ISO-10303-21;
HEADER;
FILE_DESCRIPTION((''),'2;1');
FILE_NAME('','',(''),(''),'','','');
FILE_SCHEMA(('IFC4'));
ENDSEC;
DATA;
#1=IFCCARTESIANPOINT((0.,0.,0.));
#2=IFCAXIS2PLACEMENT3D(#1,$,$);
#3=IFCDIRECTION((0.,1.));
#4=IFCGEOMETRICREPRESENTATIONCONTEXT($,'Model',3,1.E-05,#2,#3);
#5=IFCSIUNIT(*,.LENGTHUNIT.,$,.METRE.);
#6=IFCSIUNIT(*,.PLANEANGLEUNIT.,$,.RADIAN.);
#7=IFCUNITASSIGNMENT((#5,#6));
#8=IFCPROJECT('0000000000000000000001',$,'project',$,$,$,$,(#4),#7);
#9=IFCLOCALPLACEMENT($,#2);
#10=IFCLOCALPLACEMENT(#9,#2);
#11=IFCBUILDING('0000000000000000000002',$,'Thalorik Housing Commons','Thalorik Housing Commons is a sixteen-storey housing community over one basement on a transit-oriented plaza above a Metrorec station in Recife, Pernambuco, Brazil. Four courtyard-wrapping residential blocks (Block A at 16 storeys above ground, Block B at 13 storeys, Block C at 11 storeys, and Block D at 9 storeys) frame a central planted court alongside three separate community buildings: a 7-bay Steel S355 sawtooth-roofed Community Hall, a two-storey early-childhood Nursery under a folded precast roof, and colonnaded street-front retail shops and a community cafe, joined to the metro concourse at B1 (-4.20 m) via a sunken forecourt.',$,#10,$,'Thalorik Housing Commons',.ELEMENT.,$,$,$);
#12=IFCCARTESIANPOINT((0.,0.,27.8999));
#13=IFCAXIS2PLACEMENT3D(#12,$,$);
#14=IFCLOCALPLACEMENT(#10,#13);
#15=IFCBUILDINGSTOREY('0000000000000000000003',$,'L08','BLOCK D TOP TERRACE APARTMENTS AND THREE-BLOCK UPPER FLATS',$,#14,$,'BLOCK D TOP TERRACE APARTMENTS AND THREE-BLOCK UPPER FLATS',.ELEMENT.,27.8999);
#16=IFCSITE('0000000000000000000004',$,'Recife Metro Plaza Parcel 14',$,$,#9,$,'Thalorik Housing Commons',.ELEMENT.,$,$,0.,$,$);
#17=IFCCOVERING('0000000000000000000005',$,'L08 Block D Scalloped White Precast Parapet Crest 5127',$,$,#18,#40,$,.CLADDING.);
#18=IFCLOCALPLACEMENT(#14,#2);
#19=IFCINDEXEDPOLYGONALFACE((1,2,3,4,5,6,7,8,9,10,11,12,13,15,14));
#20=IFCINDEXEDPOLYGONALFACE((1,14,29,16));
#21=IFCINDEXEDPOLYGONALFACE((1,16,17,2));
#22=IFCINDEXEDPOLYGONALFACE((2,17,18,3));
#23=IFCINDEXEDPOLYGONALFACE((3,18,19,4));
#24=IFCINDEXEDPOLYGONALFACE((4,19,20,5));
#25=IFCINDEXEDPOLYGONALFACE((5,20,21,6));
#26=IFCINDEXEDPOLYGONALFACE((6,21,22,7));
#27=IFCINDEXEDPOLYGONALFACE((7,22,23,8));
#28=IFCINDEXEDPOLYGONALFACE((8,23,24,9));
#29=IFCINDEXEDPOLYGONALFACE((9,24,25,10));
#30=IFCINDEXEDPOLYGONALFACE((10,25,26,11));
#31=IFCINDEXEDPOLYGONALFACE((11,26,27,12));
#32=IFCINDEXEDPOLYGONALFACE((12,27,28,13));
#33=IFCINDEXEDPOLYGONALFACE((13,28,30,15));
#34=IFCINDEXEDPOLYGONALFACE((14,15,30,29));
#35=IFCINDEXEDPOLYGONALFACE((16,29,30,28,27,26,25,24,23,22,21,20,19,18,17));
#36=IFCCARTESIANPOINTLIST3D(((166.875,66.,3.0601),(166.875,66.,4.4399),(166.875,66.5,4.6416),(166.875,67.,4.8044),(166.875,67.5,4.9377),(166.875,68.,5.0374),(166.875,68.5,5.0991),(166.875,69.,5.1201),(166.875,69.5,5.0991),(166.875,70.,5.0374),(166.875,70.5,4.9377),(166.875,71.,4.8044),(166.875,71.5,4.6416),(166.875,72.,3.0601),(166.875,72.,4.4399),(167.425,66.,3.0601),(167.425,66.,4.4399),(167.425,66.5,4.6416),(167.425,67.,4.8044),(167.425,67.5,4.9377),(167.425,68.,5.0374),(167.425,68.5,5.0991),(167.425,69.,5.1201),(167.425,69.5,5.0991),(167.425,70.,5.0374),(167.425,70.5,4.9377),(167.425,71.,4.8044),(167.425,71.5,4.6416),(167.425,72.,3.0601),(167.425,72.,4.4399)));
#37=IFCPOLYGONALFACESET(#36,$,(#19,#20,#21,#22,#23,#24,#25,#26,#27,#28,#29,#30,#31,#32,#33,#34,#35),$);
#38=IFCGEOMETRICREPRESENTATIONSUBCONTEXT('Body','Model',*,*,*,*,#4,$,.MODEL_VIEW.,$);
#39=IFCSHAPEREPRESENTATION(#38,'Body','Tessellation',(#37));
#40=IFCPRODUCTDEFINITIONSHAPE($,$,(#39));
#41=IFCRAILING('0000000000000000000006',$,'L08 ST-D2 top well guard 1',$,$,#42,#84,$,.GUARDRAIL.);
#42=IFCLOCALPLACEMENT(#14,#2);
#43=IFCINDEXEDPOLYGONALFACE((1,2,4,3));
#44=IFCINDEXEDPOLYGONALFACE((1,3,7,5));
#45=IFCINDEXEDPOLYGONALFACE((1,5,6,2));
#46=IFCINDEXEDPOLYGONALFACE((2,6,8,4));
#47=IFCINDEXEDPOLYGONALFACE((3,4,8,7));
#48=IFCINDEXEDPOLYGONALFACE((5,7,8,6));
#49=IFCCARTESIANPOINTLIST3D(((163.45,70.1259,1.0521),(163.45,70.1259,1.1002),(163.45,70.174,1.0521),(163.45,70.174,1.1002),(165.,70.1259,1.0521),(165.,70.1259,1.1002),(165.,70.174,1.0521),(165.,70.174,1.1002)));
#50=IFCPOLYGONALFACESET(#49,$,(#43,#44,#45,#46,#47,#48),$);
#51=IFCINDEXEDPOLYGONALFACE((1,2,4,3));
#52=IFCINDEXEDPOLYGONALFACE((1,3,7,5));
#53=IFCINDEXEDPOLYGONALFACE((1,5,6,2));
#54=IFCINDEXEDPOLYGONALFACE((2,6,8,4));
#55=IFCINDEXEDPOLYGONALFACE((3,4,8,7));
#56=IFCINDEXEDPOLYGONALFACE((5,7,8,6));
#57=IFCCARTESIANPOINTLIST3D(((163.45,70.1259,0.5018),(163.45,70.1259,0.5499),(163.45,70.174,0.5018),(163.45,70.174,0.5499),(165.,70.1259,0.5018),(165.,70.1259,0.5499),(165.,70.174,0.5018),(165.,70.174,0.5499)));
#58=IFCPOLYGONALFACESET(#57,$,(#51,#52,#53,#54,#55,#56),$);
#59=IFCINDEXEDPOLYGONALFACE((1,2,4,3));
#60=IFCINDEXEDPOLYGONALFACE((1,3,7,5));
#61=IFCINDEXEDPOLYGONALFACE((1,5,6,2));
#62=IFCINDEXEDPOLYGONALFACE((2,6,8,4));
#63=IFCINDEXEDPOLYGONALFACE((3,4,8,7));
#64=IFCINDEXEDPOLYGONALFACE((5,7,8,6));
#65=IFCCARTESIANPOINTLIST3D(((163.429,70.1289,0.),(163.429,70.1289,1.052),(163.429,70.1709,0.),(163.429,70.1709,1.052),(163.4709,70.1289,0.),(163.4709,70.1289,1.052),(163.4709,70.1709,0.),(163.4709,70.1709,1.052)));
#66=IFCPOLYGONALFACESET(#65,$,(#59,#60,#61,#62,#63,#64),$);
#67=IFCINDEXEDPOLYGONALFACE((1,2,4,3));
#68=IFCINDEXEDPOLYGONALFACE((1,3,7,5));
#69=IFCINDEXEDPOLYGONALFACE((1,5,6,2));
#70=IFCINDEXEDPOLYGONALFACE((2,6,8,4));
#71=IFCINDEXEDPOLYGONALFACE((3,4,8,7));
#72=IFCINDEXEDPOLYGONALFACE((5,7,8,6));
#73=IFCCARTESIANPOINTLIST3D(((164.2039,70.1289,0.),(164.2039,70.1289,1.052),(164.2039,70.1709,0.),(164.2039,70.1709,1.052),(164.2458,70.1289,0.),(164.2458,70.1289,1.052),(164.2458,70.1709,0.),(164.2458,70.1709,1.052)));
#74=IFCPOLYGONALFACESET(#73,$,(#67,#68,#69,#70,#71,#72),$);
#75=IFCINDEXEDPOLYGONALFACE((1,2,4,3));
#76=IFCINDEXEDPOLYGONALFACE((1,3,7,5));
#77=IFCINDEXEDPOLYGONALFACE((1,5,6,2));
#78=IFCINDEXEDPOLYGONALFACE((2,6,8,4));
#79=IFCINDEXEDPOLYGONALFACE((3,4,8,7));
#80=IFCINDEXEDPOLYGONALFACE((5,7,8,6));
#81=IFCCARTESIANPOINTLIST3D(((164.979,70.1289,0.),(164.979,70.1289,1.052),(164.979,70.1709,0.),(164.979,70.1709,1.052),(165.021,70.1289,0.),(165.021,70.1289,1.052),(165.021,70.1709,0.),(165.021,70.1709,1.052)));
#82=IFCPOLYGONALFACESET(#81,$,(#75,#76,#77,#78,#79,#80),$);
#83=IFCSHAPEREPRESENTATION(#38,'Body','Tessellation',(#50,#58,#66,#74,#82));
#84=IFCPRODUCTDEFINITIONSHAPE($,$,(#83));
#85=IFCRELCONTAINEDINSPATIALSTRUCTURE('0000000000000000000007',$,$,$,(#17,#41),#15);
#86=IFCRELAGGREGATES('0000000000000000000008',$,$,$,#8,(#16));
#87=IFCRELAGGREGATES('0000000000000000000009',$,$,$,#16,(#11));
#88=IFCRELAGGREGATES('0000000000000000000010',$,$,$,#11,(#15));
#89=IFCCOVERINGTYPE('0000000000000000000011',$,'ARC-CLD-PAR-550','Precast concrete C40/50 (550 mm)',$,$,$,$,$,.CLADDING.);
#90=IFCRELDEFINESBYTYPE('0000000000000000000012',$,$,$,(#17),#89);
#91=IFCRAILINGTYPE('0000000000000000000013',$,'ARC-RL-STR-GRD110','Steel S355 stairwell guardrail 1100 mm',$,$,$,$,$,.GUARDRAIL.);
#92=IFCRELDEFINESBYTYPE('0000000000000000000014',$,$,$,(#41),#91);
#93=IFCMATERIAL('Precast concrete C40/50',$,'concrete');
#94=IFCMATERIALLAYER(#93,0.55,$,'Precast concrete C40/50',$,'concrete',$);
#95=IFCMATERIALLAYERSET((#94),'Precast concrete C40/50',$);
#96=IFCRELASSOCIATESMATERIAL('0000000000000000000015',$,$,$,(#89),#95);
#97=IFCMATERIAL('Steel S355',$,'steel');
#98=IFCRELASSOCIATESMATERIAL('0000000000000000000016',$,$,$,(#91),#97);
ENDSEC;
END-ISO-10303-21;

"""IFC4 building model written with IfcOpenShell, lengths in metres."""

from ifc_helpers import new_model, si_unit, direction, frame, origin, origin_2d, place, context, subcontext, project, spatial, polyline, rectangle, outline, extrude, material, layer, layer_set, type_object, element, save


model = new_model("IFC4")

# Units and contexts
model_context = context("Model", 3, precision=1e-05, world=origin(), true_north=direction((0.0, 1.0)))
body_context = subcontext(model_context, "Body", "Model", "MODEL_VIEW")
ifc_project = project(units=[si_unit("LENGTHUNIT", "METRE"), si_unit("PLANEANGLEUNIT", "RADIAN")], contexts=[model_context])

# Site, building, storey
site_placement = place(None, origin())
site = spatial("IfcSite", under=ifc_project, at=site_placement, Name="Recife Metro Plaza Parcel 14", LongName="Thalorik Housing Commons", CompositionType="ELEMENT", RefElevation=0.0)
building_placement = place(site_placement, origin())
building = spatial("IfcBuilding", under=site, at=building_placement, Name="Thalorik Housing Commons", Description="Thalorik Housing Commons is a sixteen-storey housing community over one basement on a transit-oriented plaza above a Metrorec station in Recife, Pernambuco, Brazil. Four courtyard-wrapping residential blocks (Block A at 16 storeys above ground, Block B at 13 storeys, Block C at 11 storeys, and Block D at 9 storeys) frame a central planted court alongside three separate community buildings: a 7-bay Steel S355 sawtooth-roofed Community Hall, a two-storey early-childhood Nursery under a folded precast roof, and colonnaded street-front retail shops and a community cafe, joined to the metro concourse at B1 (-4.20 m) via a sunken forecourt.", LongName="Thalorik Housing Commons", CompositionType="ELEMENT")
storey_placement = place(building_placement, frame((0.0, 0.0, 27.8999)))
storey = spatial("IfcBuildingStorey", under=building, at=storey_placement, Name="L08", Description="BLOCK D TOP TERRACE APARTMENTS AND THREE-BLOCK UPPER FLATS", LongName="BLOCK D TOP TERRACE APARTMENTS AND THREE-BLOCK UPPER FLATS", CompositionType="ELEMENT", Elevation=27.8999)

# Shared definitions
ifc_material_1 = material(Name="Precast concrete C40/50", Category="concrete")

# Shared definitions
ifc_material_2 = material(Name="Steel S355", Category="steel")

# Covering
ifc_layer_1 = layer(ifc_material_1, 0.55, Name="Precast concrete C40/50", Category="concrete")
ifc_layer_set_1 = layer_set([ifc_layer_1], Name="Precast concrete C40/50")
covering_type_1 = type_object("IfcCoveringType", Name="ARC-CLD-PAR-550", Description="Precast concrete C40/50 (550 mm)", PredefinedType="CLADDING", material=ifc_layer_set_1)
covering_1_placement = place(storey_placement, frame((167.1499, 69.0, 3.0601), z_axis=(0.0, 0.0, 1.0), x_axis=(0.0, 1.0, 0.0)))
element("IfcCovering", 1, at=covering_1_placement, inside=storey, type_object=covering_type_1, Name="L08 Block D Scalloped White Precast Parapet Crest 5127", PredefinedType="CLADDING", context=body_context, shape_type="SweptSolid", body=[
    extrude(outline(polyline([(-3.0, 0.0), (3.0, 0.0), (3.0, 1.3799), (2.5, 1.5815), (2.0, 1.7444), (1.5, 1.8777), (1.0, 1.9773), (0.5, 2.0391), (0.0, 2.0601), (-0.5, 2.0391), (-1.0, 1.9773), (-1.5, 1.8777), (-2.0, 1.7444), (-2.5, 1.5815), (-3.0, 1.3799), (-3.0, 0.0)])), frame((0.0, 0.2749, 0.0), z_axis=(0.0, -1.0, 0.0), x_axis=(1.0, 0.0, 0.0)), (0.0, 0.0, 1.0), 0.55),
])

# Railing
railing_type = type_object("IfcRailingType", Name="ARC-RL-STR-GRD110", Description="Steel S355 stairwell guardrail 1100 mm", PredefinedType="GUARDRAIL", material=ifc_material_2)
railing_placement = place(storey_placement, frame((163.45, 70.1499, 0.0)))
element("IfcRailing", 2, at=railing_placement, inside=storey, type_object=railing_type, Name="L08 ST-D2 top well guard 1", PredefinedType="GUARDRAIL", context=body_context, shape_type="SweptSolid", body=[
    extrude(rectangle(XDim=0.0481, YDim=0.0481, at=origin_2d()), frame((0.0, 0.0, 1.0762), z_axis=(1.0, 0.0, 0.0), x_axis=(0.0, 1.0, 0.0)), (0.0, 0.0, 1.0), 1.55),
    extrude(rectangle(XDim=0.0481, YDim=0.0481, at=origin_2d()), frame((0.0, 0.0, 0.5259), z_axis=(1.0, 0.0, 0.0), x_axis=(0.0, 1.0, 0.0)), (0.0, 0.0, 1.0), 1.55),
    extrude(rectangle(XDim=0.042, YDim=0.042, at=origin_2d()), origin(), (0.0, 0.0, 1.0), 1.052),
    extrude(rectangle(XDim=0.042, YDim=0.042, at=origin_2d()), frame((0.7749, 0.0, 0.0)), (0.0, 0.0, 1.0), 1.052),
    extrude(rectangle(XDim=0.042, YDim=0.042, at=origin_2d()), frame((1.55, 0.0, 0.0)), (0.0, 0.0, 1.0), 1.052),
])

save(model, "model.ifc")
